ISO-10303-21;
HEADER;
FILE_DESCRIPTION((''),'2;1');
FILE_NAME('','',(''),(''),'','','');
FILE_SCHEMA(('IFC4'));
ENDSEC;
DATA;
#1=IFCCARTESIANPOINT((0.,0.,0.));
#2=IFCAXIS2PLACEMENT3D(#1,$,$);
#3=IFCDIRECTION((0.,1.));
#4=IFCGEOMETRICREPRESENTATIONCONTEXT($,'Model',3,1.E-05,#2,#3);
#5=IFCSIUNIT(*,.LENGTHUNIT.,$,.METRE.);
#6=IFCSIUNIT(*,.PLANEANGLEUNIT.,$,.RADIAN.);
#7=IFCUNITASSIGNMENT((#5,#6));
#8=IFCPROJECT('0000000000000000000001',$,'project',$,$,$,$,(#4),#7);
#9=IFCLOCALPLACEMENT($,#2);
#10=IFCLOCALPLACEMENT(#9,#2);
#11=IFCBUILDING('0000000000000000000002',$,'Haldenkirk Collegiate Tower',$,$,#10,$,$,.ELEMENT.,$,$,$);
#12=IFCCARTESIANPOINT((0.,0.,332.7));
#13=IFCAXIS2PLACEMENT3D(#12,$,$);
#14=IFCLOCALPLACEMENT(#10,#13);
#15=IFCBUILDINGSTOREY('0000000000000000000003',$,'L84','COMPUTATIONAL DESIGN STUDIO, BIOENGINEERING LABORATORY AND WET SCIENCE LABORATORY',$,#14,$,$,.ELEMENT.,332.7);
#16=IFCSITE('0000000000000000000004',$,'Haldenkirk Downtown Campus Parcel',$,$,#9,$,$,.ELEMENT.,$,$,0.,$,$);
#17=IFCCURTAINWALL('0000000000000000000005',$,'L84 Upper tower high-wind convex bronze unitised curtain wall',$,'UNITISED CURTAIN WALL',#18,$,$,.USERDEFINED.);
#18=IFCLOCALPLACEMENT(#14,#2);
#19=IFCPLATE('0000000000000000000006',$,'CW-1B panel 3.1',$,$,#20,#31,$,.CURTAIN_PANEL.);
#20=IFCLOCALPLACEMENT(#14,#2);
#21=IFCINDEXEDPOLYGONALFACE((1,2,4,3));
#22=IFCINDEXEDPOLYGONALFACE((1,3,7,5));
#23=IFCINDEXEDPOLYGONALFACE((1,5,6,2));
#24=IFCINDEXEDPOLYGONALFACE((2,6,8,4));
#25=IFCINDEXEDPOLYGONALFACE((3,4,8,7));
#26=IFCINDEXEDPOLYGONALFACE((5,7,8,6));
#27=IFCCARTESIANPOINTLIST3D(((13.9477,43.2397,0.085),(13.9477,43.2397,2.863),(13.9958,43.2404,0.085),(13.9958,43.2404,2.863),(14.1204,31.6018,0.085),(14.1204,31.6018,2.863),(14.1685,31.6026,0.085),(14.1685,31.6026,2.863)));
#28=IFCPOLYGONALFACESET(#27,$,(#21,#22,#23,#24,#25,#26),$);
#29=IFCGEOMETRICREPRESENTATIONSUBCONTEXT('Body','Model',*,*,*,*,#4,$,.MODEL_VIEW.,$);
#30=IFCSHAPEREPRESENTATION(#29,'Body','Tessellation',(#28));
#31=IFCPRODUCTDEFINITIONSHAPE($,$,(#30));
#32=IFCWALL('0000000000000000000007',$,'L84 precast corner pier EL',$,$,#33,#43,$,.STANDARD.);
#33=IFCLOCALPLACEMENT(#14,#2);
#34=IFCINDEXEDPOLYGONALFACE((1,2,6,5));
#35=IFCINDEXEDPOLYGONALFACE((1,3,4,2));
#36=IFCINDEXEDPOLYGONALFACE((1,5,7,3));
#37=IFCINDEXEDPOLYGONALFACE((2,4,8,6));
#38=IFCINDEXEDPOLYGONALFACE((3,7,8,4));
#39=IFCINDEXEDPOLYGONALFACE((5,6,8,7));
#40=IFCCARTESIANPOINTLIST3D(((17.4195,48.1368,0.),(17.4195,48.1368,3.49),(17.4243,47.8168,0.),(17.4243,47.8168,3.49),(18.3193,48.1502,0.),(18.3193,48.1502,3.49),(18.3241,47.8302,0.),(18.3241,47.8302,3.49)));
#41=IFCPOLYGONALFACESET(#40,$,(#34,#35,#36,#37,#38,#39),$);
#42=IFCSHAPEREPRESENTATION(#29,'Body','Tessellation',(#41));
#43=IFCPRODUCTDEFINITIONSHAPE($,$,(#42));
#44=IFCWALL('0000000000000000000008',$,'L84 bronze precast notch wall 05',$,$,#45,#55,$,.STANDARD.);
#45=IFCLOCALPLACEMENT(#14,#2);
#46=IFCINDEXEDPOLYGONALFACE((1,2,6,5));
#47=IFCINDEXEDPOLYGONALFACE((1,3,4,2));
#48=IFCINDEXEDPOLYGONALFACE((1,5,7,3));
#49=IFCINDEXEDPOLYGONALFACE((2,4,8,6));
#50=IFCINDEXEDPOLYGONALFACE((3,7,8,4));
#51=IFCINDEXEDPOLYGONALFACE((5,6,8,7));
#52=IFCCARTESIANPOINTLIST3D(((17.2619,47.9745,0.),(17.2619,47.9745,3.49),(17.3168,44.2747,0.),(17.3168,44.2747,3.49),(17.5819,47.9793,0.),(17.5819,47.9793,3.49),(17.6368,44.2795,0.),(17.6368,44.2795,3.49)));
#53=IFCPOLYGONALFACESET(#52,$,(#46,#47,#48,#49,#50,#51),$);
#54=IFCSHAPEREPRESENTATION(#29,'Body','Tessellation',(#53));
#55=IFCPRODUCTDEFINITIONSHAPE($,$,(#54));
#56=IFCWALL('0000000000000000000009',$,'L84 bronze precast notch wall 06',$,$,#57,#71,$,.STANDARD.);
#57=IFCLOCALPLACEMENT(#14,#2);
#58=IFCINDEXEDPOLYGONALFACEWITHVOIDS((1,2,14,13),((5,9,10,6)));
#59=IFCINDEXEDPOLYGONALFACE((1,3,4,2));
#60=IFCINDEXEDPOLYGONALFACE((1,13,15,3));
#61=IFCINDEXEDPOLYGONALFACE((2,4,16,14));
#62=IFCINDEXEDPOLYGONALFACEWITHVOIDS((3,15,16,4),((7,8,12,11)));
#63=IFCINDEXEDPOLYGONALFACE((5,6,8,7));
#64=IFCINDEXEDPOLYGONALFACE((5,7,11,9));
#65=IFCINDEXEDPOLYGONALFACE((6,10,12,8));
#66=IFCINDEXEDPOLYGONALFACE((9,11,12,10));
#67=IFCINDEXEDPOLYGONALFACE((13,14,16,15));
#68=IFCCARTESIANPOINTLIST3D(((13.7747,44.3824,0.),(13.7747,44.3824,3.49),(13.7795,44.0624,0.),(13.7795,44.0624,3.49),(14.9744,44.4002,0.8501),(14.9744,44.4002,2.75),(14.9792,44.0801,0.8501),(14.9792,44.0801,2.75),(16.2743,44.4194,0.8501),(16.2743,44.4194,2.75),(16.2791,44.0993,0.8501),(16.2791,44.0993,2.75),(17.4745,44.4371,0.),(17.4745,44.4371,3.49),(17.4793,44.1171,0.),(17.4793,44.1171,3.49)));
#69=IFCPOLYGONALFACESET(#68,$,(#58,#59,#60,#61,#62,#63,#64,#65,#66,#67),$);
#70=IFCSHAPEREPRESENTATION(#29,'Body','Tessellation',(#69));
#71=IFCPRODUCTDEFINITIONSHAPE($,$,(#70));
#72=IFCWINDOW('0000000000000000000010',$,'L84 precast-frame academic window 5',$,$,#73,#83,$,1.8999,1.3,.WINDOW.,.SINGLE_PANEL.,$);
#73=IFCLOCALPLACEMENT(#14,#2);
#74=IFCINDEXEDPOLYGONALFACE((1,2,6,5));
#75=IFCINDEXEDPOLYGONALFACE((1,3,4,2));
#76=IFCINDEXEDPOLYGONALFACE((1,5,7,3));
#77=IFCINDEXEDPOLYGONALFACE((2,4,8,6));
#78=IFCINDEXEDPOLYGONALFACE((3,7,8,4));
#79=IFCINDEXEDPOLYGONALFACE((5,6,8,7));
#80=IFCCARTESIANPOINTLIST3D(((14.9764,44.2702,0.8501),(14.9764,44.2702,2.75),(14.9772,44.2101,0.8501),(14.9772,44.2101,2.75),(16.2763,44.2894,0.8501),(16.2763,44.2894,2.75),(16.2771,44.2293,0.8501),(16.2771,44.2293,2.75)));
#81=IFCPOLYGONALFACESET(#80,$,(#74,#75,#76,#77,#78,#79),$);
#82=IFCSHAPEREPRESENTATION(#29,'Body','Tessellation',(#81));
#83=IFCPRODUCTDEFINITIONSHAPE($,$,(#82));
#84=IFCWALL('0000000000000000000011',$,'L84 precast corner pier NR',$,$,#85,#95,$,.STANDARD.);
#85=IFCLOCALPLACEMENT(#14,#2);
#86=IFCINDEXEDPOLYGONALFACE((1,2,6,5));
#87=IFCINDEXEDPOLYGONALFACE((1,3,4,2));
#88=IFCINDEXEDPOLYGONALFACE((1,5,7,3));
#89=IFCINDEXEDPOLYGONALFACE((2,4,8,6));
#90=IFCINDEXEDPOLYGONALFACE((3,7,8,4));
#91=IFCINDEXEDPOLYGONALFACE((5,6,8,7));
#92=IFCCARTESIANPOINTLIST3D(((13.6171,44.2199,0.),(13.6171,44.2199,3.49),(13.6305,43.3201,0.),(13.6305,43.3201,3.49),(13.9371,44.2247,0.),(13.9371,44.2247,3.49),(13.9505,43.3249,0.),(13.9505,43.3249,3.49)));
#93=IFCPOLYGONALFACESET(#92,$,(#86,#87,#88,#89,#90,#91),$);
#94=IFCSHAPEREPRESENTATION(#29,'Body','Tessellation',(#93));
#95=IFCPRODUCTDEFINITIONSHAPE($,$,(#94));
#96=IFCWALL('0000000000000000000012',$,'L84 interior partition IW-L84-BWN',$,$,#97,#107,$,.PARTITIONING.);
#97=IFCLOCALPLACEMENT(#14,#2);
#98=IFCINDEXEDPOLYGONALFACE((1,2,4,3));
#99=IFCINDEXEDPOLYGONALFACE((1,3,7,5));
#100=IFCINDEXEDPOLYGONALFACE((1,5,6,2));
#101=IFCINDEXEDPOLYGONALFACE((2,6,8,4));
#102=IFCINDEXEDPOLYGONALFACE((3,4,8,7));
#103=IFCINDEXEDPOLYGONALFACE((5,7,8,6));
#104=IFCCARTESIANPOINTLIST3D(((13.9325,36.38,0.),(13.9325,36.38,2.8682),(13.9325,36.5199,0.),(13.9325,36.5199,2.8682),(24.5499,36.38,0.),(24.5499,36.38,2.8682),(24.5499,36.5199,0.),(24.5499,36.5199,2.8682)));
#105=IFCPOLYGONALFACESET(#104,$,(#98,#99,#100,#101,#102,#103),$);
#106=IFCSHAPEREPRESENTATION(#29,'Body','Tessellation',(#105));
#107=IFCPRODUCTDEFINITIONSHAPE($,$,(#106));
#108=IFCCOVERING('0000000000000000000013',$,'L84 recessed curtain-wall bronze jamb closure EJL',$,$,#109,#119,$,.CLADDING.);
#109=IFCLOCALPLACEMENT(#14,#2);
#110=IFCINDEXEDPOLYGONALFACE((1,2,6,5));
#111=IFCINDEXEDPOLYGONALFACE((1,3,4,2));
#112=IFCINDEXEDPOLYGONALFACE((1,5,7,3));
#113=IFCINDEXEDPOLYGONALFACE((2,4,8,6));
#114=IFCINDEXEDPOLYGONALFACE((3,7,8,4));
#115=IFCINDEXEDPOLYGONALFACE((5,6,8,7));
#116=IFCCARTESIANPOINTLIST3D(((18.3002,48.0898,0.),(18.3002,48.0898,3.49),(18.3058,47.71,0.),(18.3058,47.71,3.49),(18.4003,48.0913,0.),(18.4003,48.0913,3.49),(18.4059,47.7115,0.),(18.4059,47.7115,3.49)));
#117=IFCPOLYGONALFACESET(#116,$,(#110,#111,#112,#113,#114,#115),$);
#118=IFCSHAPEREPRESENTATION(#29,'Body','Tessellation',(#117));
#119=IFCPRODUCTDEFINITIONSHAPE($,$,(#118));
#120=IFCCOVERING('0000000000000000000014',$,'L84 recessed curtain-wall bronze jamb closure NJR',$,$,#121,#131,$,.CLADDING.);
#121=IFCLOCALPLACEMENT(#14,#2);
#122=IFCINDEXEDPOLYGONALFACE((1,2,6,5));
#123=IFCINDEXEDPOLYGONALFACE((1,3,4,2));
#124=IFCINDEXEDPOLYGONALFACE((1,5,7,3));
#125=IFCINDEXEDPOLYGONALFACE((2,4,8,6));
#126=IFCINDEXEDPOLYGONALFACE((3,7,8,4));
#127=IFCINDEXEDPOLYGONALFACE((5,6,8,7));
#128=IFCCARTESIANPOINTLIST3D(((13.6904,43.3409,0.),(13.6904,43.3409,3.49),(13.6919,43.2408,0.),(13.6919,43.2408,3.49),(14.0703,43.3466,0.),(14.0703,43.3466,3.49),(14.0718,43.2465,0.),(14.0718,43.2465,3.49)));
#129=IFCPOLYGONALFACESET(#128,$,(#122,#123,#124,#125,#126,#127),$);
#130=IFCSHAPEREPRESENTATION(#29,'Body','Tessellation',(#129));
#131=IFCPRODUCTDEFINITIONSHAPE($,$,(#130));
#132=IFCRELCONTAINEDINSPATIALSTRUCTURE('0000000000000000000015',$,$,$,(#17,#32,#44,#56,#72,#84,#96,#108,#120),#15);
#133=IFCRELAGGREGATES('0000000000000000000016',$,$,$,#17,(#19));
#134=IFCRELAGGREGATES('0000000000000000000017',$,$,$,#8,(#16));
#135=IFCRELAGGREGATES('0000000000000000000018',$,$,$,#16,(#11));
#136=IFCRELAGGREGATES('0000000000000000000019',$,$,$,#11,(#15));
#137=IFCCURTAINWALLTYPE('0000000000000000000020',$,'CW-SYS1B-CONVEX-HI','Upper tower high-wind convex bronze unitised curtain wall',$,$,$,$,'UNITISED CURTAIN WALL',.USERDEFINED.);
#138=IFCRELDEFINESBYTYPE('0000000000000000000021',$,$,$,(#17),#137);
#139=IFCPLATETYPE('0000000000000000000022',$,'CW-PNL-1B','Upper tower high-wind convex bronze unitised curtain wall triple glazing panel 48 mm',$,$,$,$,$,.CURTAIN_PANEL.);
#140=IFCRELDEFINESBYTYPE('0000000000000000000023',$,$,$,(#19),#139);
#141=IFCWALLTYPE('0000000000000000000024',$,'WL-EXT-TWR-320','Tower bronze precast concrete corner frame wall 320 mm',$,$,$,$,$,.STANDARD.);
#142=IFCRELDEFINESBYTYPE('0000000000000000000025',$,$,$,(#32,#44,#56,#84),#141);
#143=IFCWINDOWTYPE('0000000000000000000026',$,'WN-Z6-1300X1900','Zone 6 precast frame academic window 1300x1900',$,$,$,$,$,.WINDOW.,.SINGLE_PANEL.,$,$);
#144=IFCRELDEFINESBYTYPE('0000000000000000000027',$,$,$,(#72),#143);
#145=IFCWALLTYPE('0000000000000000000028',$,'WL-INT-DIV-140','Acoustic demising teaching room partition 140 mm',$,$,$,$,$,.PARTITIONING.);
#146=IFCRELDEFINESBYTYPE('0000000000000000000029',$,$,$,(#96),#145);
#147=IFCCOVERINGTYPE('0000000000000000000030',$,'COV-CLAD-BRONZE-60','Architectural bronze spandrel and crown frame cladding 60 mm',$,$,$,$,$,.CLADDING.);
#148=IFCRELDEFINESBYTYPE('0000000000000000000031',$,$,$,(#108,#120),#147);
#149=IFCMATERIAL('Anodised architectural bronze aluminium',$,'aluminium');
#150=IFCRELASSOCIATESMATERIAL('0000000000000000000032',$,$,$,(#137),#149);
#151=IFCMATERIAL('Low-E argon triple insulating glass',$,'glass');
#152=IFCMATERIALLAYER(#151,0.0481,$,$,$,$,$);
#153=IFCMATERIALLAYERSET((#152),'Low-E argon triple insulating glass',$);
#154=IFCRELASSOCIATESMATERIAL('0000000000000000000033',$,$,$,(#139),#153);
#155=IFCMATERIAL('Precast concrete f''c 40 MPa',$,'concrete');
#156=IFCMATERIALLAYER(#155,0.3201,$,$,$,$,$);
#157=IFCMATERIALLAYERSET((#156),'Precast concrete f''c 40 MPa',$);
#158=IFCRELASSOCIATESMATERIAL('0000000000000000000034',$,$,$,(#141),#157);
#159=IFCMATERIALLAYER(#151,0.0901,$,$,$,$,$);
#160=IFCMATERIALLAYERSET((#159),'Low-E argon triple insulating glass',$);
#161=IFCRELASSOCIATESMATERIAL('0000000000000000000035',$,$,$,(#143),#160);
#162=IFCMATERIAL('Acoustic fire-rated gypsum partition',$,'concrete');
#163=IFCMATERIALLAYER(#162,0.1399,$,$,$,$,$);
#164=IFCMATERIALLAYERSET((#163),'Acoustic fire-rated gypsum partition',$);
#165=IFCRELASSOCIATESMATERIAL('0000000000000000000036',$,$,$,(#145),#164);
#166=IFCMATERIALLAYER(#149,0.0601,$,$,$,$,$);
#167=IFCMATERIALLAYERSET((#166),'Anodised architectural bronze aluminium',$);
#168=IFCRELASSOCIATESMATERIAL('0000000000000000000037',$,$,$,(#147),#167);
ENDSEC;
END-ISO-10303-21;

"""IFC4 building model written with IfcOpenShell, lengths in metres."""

from ifc_helpers import new_model, si_unit, direction, frame, frame_2d, origin, origin_2d, place, context, subcontext, project, spatial, rectangle, extrude, source, transform, mapped, material, layer, layer_set, type_object, element, fill, aggregate, save


model = new_model("IFC4")

# Units and contexts
model_context = context("Model", 3, precision=1e-05, world=origin(), true_north=direction((0.0, 1.0)))
body_context = subcontext(model_context, "Body", "Model", "MODEL_VIEW")
ifc_project = project(units=[si_unit("LENGTHUNIT", "METRE"), si_unit("PLANEANGLEUNIT", "RADIAN")], contexts=[model_context])

# Site, building, storey
site_placement = place(None, origin())
site = spatial("IfcSite", under=ifc_project, at=site_placement, Name="Haldenkirk Downtown Campus Parcel", CompositionType="ELEMENT", RefElevation=0.0)
building_placement = place(site_placement, origin())
building = spatial("IfcBuilding", under=site, at=building_placement, Name="Haldenkirk Collegiate Tower", CompositionType="ELEMENT")
storey_placement = place(building_placement, frame((0.0, 0.0, 332.7)))
storey = spatial("IfcBuildingStorey", under=building, at=storey_placement, Name="L84", Description="COMPUTATIONAL DESIGN STUDIO, BIOENGINEERING LABORATORY AND WET SCIENCE LABORATORY", CompositionType="ELEMENT", Elevation=332.7)

# Curtain wall
ifc_material_1 = material(Name="Anodised architectural bronze aluminium", Category="aluminium")
curtain_wall_type = type_object("IfcCurtainWallType", Name="CW-SYS1B-CONVEX-HI", Description="Upper tower high-wind convex bronze unitised curtain wall", ElementType="UNITISED CURTAIN WALL", PredefinedType="USERDEFINED", material=ifc_material_1)
curtain_wall_1_placement = place(storey_placement, origin())
curtain_wall_1 = element("IfcCurtainWall", 1, at=curtain_wall_1_placement, inside=storey, type_object=curtain_wall_type, Name="L84 Upper tower high-wind convex bronze unitised curtain wall", ObjectType="UNITISED CURTAIN WALL", PredefinedType="USERDEFINED")

# Plate
ifc_material_2 = material(Name="Low-E argon triple insulating glass", Category="glass")
ifc_layer_1 = layer(ifc_material_2, 0.0481)
ifc_layer_set_1 = layer_set([ifc_layer_1], Name="Low-E argon triple insulating glass")
plate_type = type_object("IfcPlateType", Name="CW-PNL-1B", Description="Upper tower high-wind convex bronze unitised curtain wall triple glazing panel 48 mm", PredefinedType="CURTAIN_PANEL", material=ifc_layer_set_1)
shared_shape_1 = source(origin(), body_context, "Body", "SweptSolid", [
    extrude(rectangle(XDim=11.6392, YDim=0.0481, at=origin_2d()), origin(), (0.0, 0.0, 1.0), 2.7781),
])
plate_placement = place(storey_placement, frame((14.0581, 37.4211, 0.085), z_axis=(0.0, 0.0, 1.0), x_axis=(-0.014833, 0.99989, 0.0)))
plate = element("IfcPlate", 2, at=plate_placement, type_object=plate_type, Name="CW-1B panel 3.1", PredefinedType="CURTAIN_PANEL", context=body_context, shape_type="MappedRepresentation", body=[
    mapped(shared_shape_1, transform((0.0, 0.0, 0.0), x_axis=(1.0, 0.0, 0.0), y_axis=(0.0, 1.0, 0.0), z_axis=(0.0, 0.0, 1.0), scale=1.0)),
])
aggregate(curtain_wall_1, [plate])

# Walls
ifc_material_3 = material(Name="Precast concrete f'c 40 MPa", Category="concrete")
ifc_layer_2 = layer(ifc_material_3, 0.3201)
ifc_layer_set_2 = layer_set([ifc_layer_2], Name="Precast concrete f'c 40 MPa")
wall_type_1 = type_object("IfcWallType", Name="WL-EXT-TWR-320", Description="Tower bronze precast concrete corner frame wall 320 mm", PredefinedType="STANDARD", material=ifc_layer_set_2)
wall_1_placement = place(storey_placement, frame((17.4219, 47.9768, 0.0), z_axis=(0.0, 0.0, 1.0), x_axis=(0.999889, 0.01492, 0.0)))
element("IfcWall", 3, at=wall_1_placement, inside=storey, type_object=wall_type_1, Name="L84 precast corner pier EL", PredefinedType="STANDARD", context=body_context, shape_type="SweptSolid", body=[
    extrude(rectangle(XDim=0.8999, YDim=0.3201, at=frame_2d((0.45, 0.0))), origin(), (0.0, 0.0, 1.0), 3.49),
])
wall_2_placement = place(storey_placement, frame((17.4768, 44.2771, 0.0), z_axis=(0.0, 0.0, 1.0), x_axis=(-0.014846, 0.99989, 0.0)))
element("IfcWall", 4, at=wall_2_placement, inside=storey, type_object=wall_type_1, Name="L84 bronze precast notch wall 05", PredefinedType="STANDARD", context=body_context, shape_type="SweptSolid", body=[
    extrude(rectangle(XDim=3.7002, YDim=0.3201, at=frame_2d((1.8501, 0.0))), origin(), (0.0, 0.0, 1.0), 3.49),
])

# Wall, opening, window
wall_3_placement = place(storey_placement, frame((13.7771, 44.2224, 0.0), z_axis=(0.0, 0.0, 1.0), x_axis=(0.999891, 0.01478, 0.0)))
wall_3 = element("IfcWall", 5, at=wall_3_placement, inside=storey, type_object=wall_type_1, Name="L84 bronze precast notch wall 06", PredefinedType="STANDARD", context=body_context, shape_type="SweptSolid", body=[
    extrude(rectangle(XDim=3.7002, YDim=0.3201, at=frame_2d((1.8501, 0.0))), origin(), (0.0, 0.0, 1.0), 3.49),
])
opening_placement = place(wall_3_placement, frame((1.2, 0.0, 0.8501)))
opening = element("IfcOpeningElement", 6, at=opening_placement, cuts=wall_3, PredefinedType="OPENING", context=body_context, shape_type="SweptSolid", body=[
    extrude(rectangle(XDim=1.3, YDim=1.8999, at=frame_2d((0.6499, 0.95))), frame((0.0, 0.1699, 0.0), z_axis=(0.0, -1.0, 0.0), x_axis=(1.0, 0.0, 0.0)), (0.0, 0.0, 1.0), 0.3401),
])
ifc_layer_3 = layer(ifc_material_2, 0.0901)
ifc_layer_set_3 = layer_set([ifc_layer_3], Name="Low-E argon triple insulating glass")
window_type = type_object("IfcWindowType", Name="WN-Z6-1300X1900", Description="Zone 6 precast frame academic window 1300x1900", PartitioningType="SINGLE_PANEL", PredefinedType="WINDOW", material=ifc_layer_set_3)
window_placement = place(opening_placement, origin())
window = element("IfcWindow", 7, at=window_placement, inside=storey, type_object=window_type, Name="L84 precast-frame academic window 5", OverallHeight=1.8999, OverallWidth=1.3, PartitioningType="SINGLE_PANEL", PredefinedType="WINDOW", context=body_context, shape_type="SweptSolid", body=[
    extrude(rectangle(XDim=1.3, YDim=1.8999, at=frame_2d((0.6499, 0.95))), frame((0.0, 0.03, 0.0), z_axis=(0.0, -1.0, 0.0), x_axis=(1.0, 0.0, 0.0)), (0.0, 0.0, 1.0), 0.0601),
])
fill(opening, window)

# Walls
wall_4_placement = place(storey_placement, frame((13.7905, 43.3225, 0.0), z_axis=(0.0, 0.0, 1.0), x_axis=(-0.01492, 0.999889, 0.0)))
element("IfcWall", 8, at=wall_4_placement, inside=storey, type_object=wall_type_1, Name="L84 precast corner pier NR", PredefinedType="STANDARD", context=body_context, shape_type="SweptSolid", body=[
    extrude(rectangle(XDim=0.8999, YDim=0.3201, at=frame_2d((0.45, 0.0))), origin(), (0.0, 0.0, 1.0), 3.49),
])
ifc_material_4 = material(Name="Acoustic fire-rated gypsum partition", Category="concrete")
ifc_layer_4 = layer(ifc_material_4, 0.1399)
ifc_layer_set_4 = layer_set([ifc_layer_4], Name="Acoustic fire-rated gypsum partition")
wall_type_2 = type_object("IfcWallType", Name="WL-INT-DIV-140", Description="Acoustic demising teaching room partition 140 mm", PredefinedType="PARTITIONING", material=ifc_layer_set_4)
wall_5_placement = place(storey_placement, frame((13.9326, 36.45, 0.0), z_axis=(0.0, 0.0, 1.0), x_axis=(1.0, 0.0, 0.0)))
element("IfcWall", 9, at=wall_5_placement, inside=storey, type_object=wall_type_2, Name="L84 interior partition IW-L84-BWN", PredefinedType="PARTITIONING", context=body_context, shape_type="SweptSolid", body=[
    extrude(rectangle(XDim=10.6174, YDim=0.1399, at=frame_2d((5.3086, 0.0))), origin(), (0.0, 0.0, 1.0), 2.8682),
])

# Coverings
ifc_layer_5 = layer(ifc_material_1, 0.0601)
ifc_layer_set_5 = layer_set([ifc_layer_5], Name="Anodised architectural bronze aluminium")
covering_type = type_object("IfcCoveringType", Name="COV-CLAD-BRONZE-60", Description="Architectural bronze spandrel and crown frame cladding 60 mm", PredefinedType="CLADDING", material=ifc_layer_set_5)
shared_shape_2 = source(origin(), body_context, "Body", "SweptSolid", [
    extrude(rectangle(XDim=0.1001, YDim=0.3799, at=origin_2d()), origin(), (0.0, 0.0, 1.0), 3.49),
])
for number, where, z_axis, x_axis, name in (
    (10, (18.353, 47.9006, 0.0), (0.0, 0.0, 1.0), (0.99989, 0.014835, 0.0), "L84 recessed curtain-wall bronze jamb closure EJL"),
    (11, (13.8811, 43.2937, 0.0), (0.0, 0.0, 1.0), (-0.014835, 0.99989, 0.0), "L84 recessed curtain-wall bronze jamb closure NJR"),
):
    element("IfcCovering", number, at=place(storey_placement, frame(where, z_axis=z_axis, x_axis=x_axis)), inside=storey, type_object=covering_type, Name=name, PredefinedType="CLADDING", context=body_context, shape_type="MappedRepresentation", body=[
        mapped(shared_shape_2, transform((0.0, 0.0, 0.0), x_axis=(1.0, 0.0, 0.0), y_axis=(0.0, 1.0, 0.0), z_axis=(0.0, 0.0, 1.0), scale=1.0)),
    ])

save(model, "model.ifc")
